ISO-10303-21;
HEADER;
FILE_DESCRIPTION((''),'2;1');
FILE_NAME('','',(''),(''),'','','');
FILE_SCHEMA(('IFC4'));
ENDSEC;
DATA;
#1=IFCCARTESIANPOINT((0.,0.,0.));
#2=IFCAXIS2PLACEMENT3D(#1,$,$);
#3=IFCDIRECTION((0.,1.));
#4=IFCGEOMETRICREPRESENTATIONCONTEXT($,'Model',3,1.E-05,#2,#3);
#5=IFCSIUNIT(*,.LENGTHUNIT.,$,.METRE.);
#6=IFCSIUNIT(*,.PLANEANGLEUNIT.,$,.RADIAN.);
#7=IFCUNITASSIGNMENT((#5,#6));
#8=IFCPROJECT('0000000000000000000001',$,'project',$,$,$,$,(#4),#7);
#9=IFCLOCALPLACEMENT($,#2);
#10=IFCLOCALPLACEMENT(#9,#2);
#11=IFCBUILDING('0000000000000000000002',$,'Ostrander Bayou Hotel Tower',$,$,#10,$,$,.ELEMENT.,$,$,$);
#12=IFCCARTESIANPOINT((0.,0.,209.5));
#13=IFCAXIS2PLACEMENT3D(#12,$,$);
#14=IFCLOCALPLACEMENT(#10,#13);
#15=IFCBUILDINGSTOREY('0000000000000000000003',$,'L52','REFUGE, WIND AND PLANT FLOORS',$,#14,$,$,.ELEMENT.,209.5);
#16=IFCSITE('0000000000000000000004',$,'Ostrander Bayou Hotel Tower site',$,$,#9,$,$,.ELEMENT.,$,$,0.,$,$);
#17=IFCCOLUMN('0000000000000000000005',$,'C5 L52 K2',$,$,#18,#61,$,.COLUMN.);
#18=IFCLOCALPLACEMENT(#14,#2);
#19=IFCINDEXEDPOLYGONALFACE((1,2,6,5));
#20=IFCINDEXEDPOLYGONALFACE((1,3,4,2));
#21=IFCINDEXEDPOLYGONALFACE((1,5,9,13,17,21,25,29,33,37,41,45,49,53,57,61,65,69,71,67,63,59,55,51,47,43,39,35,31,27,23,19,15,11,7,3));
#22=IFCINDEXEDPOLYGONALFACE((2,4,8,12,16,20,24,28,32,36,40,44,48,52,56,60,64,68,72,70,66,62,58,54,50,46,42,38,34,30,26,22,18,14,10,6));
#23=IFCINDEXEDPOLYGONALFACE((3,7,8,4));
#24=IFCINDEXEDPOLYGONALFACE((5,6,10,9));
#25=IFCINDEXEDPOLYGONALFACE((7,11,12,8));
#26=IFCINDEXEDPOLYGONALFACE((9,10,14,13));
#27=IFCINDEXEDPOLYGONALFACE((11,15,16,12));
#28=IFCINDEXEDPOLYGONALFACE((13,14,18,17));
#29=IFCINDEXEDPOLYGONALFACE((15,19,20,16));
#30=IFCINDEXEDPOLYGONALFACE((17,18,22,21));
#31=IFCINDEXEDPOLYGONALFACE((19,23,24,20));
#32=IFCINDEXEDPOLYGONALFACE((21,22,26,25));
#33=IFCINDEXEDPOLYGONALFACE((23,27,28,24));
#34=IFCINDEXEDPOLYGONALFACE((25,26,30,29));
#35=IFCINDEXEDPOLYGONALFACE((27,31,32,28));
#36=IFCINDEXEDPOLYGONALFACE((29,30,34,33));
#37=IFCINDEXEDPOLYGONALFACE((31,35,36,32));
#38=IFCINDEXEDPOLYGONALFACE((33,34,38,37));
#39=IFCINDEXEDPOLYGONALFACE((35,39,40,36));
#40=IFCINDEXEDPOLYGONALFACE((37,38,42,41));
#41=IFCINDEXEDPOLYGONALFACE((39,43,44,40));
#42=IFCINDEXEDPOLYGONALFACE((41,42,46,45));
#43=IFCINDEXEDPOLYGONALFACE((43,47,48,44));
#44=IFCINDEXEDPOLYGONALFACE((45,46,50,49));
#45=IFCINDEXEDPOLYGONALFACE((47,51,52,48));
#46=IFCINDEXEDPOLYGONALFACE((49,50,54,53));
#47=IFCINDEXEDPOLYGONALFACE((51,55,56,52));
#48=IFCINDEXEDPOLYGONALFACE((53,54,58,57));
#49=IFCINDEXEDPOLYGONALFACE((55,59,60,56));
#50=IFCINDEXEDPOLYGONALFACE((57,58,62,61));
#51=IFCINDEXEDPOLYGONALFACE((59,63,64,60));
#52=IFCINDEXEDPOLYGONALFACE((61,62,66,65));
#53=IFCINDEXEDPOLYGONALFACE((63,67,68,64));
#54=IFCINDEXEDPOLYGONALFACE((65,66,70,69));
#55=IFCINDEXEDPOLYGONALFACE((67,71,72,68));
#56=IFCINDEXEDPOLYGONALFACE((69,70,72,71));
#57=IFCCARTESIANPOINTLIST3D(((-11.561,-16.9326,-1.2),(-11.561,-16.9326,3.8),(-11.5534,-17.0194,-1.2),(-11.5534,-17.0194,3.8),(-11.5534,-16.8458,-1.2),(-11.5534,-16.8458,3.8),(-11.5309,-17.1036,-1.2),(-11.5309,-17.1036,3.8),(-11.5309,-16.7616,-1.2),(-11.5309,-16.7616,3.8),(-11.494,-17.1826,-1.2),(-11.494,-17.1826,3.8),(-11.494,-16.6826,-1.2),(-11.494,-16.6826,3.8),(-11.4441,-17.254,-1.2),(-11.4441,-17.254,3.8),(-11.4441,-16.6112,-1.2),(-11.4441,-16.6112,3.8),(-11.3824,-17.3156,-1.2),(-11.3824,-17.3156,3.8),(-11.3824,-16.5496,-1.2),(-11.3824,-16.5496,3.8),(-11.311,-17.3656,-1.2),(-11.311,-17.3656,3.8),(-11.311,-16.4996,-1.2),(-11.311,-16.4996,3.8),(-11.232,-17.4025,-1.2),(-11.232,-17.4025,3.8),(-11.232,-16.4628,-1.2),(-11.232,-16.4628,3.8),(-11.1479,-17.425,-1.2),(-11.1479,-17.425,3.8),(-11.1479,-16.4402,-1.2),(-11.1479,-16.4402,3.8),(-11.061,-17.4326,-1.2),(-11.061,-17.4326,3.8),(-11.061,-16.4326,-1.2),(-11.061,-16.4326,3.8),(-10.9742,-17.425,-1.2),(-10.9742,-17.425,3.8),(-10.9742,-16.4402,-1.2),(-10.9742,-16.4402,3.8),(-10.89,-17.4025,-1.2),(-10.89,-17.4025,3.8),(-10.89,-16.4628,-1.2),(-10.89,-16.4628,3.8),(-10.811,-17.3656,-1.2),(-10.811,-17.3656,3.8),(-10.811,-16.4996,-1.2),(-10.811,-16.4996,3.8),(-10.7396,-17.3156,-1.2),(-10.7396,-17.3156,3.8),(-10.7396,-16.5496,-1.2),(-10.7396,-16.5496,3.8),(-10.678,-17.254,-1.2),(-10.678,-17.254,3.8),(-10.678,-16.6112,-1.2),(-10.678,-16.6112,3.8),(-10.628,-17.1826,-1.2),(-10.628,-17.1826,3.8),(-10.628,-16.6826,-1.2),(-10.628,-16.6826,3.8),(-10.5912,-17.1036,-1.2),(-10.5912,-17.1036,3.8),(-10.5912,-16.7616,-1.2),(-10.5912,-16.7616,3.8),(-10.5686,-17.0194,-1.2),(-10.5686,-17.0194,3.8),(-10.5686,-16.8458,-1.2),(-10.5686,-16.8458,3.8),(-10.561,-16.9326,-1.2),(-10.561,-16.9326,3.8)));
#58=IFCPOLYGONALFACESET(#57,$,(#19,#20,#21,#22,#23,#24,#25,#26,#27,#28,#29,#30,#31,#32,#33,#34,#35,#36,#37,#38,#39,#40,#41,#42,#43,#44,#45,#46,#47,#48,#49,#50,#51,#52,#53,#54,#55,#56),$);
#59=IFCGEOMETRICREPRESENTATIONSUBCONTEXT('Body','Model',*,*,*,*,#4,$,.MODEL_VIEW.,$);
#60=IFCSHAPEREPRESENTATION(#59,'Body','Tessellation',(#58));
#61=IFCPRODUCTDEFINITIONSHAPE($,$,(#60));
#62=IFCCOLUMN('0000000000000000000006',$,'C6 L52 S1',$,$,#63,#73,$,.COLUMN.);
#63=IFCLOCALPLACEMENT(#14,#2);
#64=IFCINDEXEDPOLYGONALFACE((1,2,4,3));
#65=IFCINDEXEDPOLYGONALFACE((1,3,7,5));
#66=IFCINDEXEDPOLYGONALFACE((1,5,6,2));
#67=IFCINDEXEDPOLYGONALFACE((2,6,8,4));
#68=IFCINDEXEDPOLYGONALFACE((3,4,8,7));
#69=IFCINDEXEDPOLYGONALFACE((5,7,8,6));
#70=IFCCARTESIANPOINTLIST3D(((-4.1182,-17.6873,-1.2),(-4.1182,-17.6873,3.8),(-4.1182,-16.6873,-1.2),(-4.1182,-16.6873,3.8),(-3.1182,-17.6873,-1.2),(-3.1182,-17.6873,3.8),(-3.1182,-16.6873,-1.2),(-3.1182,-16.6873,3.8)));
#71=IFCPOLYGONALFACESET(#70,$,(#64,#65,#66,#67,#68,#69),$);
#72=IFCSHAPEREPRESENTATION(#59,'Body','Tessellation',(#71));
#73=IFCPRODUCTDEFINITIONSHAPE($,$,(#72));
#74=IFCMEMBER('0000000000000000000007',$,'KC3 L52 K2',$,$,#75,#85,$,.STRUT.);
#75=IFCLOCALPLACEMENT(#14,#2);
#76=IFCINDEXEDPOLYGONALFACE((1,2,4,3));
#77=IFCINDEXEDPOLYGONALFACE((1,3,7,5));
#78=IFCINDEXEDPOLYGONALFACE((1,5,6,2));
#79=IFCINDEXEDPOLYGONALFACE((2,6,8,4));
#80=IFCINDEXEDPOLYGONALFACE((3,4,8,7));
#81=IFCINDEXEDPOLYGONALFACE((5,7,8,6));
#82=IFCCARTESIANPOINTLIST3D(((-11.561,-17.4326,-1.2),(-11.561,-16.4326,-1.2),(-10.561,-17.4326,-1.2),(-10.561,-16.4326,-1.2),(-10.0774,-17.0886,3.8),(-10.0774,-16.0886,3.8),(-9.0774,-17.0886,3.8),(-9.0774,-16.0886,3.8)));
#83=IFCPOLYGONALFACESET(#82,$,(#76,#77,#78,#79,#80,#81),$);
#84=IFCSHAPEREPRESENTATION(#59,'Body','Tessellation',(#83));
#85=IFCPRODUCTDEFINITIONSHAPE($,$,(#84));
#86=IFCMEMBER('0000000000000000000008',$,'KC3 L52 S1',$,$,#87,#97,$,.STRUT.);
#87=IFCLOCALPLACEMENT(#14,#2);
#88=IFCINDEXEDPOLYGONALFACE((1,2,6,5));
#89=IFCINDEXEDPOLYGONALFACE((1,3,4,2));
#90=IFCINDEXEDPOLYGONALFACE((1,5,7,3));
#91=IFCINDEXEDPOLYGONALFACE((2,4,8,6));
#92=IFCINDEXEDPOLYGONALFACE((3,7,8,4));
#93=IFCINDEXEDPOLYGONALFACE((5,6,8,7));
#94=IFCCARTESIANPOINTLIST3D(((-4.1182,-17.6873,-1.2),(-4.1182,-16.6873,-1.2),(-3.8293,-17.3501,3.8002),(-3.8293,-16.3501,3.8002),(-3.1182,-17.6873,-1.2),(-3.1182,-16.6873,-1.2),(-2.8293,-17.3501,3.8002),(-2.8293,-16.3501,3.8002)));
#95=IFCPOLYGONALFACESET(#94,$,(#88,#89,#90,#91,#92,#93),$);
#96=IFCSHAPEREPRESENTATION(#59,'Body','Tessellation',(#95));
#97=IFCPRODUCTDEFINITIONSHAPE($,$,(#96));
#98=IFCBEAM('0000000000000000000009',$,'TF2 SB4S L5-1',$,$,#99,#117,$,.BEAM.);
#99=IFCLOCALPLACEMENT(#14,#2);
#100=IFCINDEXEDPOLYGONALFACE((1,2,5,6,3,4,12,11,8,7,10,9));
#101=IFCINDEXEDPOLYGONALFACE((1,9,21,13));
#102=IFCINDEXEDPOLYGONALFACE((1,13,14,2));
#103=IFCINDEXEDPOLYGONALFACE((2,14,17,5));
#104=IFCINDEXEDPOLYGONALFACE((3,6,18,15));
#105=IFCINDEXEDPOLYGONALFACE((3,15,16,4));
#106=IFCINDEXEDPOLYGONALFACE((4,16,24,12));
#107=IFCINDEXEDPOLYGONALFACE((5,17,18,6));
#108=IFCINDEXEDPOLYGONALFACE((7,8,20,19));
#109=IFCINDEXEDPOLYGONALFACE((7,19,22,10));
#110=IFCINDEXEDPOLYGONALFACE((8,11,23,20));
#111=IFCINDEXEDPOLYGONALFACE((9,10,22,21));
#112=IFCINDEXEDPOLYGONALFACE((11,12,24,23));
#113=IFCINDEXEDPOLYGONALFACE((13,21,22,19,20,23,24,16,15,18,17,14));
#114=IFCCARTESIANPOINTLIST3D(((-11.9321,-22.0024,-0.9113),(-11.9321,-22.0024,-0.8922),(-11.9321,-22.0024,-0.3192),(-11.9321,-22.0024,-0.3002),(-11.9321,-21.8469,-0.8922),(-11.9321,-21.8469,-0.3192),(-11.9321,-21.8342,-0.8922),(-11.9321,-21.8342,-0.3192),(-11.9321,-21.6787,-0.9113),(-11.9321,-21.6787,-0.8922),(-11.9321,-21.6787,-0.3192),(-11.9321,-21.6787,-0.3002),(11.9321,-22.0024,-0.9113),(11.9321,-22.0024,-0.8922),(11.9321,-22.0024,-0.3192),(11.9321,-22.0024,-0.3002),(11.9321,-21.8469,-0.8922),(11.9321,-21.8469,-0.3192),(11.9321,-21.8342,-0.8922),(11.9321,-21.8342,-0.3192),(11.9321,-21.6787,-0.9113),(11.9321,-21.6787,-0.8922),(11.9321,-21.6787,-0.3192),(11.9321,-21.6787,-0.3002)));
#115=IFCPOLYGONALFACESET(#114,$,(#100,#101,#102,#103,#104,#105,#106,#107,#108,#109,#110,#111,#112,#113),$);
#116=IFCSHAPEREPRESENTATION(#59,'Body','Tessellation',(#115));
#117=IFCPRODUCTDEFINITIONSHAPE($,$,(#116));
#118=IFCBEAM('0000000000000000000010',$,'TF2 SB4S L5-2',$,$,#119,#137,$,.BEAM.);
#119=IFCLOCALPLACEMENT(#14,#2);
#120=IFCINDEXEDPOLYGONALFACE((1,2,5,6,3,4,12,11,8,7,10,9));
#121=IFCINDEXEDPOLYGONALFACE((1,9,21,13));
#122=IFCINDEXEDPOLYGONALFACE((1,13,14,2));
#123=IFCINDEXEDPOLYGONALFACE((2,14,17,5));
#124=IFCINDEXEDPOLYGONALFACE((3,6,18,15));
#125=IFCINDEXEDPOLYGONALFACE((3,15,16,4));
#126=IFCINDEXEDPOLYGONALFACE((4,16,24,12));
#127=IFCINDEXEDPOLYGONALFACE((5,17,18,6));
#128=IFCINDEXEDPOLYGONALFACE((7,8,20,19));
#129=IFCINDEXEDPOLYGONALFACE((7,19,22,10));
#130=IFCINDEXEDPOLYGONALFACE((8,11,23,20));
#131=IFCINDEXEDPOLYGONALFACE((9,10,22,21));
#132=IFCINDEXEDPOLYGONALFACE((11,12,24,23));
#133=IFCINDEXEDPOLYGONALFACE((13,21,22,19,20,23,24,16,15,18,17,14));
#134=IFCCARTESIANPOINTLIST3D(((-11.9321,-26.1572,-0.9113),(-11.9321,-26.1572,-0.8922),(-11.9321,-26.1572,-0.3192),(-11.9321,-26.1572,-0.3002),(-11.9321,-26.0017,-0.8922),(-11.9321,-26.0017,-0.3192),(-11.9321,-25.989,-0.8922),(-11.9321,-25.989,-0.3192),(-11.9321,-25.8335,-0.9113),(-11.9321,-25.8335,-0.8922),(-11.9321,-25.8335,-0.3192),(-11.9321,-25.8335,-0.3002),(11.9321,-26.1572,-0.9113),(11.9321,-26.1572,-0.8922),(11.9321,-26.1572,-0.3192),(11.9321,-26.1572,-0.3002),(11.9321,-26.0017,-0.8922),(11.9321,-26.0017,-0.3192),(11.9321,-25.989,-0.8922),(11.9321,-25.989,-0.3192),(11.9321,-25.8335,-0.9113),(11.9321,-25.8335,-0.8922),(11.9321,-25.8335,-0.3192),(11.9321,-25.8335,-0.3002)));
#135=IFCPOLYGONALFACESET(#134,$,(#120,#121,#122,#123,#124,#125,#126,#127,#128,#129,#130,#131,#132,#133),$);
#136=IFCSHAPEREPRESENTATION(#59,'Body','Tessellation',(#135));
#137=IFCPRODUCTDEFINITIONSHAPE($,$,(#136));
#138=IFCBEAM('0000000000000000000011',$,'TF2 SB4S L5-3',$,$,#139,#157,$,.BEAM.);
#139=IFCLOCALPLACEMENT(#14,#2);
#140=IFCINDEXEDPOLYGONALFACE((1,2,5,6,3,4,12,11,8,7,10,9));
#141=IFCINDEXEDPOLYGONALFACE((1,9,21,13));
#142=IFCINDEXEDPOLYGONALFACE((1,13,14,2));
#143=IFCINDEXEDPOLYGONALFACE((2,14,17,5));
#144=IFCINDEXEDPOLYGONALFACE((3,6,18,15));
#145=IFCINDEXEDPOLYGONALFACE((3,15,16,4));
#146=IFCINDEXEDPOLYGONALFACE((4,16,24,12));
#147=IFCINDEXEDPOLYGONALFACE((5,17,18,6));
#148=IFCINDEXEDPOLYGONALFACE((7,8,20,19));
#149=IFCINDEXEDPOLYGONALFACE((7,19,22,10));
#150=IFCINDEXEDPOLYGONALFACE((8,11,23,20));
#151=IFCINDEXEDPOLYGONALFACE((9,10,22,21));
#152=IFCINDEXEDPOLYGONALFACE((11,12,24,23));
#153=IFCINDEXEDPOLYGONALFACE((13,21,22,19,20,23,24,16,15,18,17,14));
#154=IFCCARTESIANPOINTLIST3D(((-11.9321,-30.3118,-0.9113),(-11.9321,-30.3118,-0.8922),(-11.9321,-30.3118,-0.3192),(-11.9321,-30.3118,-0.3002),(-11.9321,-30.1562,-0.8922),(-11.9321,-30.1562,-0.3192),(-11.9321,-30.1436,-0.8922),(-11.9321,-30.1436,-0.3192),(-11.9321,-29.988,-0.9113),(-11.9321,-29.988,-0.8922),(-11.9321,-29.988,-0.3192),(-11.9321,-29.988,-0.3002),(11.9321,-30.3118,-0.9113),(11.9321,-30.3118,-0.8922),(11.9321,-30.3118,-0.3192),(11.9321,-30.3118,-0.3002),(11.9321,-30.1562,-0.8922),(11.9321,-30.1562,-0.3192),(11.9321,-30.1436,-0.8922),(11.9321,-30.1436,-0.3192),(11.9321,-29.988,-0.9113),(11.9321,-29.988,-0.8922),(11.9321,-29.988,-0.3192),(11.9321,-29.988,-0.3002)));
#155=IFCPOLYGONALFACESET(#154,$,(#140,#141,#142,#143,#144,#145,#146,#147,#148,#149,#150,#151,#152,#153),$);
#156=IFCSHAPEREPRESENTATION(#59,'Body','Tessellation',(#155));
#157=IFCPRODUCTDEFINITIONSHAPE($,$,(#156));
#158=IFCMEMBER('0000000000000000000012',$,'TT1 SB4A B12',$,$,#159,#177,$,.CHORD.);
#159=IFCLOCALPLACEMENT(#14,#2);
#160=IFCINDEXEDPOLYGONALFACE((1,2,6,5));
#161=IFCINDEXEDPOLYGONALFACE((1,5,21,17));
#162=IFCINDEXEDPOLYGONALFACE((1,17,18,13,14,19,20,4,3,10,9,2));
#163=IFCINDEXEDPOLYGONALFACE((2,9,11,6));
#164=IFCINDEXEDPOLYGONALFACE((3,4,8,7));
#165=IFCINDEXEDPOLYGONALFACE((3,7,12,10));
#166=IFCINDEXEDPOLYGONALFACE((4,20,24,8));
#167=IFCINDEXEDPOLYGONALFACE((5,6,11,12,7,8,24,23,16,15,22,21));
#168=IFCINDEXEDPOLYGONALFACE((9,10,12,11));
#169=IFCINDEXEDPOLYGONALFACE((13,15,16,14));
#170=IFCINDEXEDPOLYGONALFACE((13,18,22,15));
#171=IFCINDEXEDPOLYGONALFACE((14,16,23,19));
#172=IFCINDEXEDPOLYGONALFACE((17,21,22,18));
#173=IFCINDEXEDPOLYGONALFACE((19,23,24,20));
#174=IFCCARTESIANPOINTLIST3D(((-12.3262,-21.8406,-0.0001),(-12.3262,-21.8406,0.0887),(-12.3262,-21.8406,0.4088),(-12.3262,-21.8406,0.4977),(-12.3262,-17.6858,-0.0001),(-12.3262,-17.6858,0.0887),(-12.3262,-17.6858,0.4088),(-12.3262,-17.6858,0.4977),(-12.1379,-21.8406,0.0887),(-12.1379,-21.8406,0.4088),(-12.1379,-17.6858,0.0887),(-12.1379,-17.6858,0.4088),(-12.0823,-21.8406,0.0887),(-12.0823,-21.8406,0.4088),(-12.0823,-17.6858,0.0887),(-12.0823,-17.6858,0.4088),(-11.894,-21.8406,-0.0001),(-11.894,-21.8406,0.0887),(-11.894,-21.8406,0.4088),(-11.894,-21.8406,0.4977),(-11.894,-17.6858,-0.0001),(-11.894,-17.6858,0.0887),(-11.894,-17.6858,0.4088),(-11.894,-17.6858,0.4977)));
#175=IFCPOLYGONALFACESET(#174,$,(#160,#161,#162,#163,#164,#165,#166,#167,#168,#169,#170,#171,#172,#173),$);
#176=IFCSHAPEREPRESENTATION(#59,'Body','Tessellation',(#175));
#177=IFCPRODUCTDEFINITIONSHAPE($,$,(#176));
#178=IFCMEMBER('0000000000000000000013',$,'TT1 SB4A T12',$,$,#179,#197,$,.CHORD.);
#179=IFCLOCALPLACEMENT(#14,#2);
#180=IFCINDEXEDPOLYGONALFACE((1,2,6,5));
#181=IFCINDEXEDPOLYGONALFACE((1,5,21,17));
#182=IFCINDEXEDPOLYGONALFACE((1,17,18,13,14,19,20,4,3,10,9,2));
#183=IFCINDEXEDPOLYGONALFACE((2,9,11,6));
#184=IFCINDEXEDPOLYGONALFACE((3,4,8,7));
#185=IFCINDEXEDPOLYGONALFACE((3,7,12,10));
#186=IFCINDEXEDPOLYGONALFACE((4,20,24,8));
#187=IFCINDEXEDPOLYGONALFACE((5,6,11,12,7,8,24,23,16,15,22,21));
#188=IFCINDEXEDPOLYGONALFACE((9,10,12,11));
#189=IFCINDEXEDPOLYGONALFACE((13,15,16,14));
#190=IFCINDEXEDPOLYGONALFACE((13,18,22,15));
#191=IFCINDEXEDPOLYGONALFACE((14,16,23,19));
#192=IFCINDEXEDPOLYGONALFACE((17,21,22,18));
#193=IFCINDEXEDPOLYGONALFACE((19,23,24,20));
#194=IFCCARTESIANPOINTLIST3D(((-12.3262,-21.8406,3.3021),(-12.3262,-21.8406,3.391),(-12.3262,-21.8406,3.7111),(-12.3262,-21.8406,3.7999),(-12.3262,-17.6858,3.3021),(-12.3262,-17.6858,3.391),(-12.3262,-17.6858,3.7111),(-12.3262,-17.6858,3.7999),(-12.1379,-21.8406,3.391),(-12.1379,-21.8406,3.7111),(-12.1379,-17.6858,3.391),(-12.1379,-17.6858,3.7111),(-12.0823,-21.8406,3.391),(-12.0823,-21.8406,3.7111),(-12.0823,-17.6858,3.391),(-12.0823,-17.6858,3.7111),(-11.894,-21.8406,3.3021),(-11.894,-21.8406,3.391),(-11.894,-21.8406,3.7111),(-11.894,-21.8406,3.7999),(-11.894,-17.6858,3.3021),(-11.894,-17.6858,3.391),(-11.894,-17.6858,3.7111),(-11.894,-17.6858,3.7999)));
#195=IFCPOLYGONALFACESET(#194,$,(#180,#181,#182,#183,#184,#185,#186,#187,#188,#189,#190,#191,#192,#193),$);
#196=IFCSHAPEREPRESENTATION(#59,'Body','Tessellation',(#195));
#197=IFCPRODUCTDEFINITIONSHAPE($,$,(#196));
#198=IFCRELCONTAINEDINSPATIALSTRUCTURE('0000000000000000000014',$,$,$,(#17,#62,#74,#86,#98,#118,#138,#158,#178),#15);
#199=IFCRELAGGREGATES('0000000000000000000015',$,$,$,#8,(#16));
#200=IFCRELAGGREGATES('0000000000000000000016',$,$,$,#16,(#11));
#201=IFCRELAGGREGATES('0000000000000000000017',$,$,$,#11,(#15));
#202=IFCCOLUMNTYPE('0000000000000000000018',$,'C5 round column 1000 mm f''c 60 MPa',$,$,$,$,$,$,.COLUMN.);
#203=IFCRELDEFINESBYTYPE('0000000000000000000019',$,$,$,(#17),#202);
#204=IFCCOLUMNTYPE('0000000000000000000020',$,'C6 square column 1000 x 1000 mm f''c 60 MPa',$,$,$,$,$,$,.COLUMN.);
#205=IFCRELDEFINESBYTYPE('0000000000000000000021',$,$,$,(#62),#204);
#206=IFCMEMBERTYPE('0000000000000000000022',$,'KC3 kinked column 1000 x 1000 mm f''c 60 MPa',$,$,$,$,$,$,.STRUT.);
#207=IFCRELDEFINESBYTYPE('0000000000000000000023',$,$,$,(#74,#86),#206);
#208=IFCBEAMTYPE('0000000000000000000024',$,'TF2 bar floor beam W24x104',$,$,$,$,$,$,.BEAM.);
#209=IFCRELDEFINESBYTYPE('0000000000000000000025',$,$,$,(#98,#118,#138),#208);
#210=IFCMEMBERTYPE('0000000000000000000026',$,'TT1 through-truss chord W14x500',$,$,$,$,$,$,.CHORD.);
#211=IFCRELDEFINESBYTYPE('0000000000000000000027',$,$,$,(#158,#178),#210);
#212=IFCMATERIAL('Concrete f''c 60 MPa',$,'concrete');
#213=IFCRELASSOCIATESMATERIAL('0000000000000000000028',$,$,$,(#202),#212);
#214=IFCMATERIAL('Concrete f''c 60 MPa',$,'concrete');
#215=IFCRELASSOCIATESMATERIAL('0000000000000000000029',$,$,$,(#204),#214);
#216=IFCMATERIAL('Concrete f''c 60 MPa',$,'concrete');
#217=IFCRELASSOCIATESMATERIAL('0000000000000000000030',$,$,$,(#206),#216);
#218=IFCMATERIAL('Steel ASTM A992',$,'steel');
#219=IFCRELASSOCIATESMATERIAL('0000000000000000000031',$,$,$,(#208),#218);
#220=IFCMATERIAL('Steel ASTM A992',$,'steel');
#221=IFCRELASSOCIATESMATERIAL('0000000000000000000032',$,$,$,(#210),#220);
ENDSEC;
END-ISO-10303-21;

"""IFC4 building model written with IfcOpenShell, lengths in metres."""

from ifc_helpers import new_model, si_unit, direction, frame, origin, origin_2d, place, context, subcontext, project, spatial, rectangle, circle, i_section, extrude, material, material_profile, profile_set, type_object, element, save


model = new_model("IFC4")

# Units and contexts
model_context = context("Model", 3, precision=1e-05, world=origin(), true_north=direction((0.0, 1.0)))
body_context = subcontext(model_context, "Body", "Model", "MODEL_VIEW")
ifc_project = project(units=[si_unit("LENGTHUNIT", "METRE"), si_unit("PLANEANGLEUNIT", "RADIAN")], contexts=[model_context])

# Site, building, storey
site_placement = place(None, origin())
site = spatial("IfcSite", under=ifc_project, at=site_placement, Name="Ostrander Bayou Hotel Tower site", CompositionType="ELEMENT", RefElevation=0.0)
building_placement = place(site_placement, origin())
building = spatial("IfcBuilding", under=site, at=building_placement, Name="Ostrander Bayou Hotel Tower", CompositionType="ELEMENT")
storey_placement = place(building_placement, frame((0.0, 0.0, 209.5)))
storey = spatial("IfcBuildingStorey", under=building, at=storey_placement, Name="L52", Description="REFUGE, WIND AND PLANT FLOORS", CompositionType="ELEMENT", Elevation=209.5)

# Columns
ifc_material_1 = material(Name="Concrete f'c 60 MPa", Category="concrete")
ifc_material_profile_1 = material_profile(ifc_material_1, circle(Radius=0.5, at=origin_2d()))
ifc_profile_set_1 = profile_set([ifc_material_profile_1], Name="Concrete f'c 60 MPa")
column_type_1 = type_object("IfcColumnType", Name="C5 round column 1000 mm f'c 60 MPa", PredefinedType="COLUMN", material=ifc_profile_set_1)
column_1_placement = place(storey_placement, frame((-11.061, -16.9326, -1.2), z_axis=(0.0, 0.0, 1.0), x_axis=(1.0, 0.0, 0.0)))
element("IfcColumn", 1, at=column_1_placement, inside=storey, type_object=column_type_1, Name="C5 L52 K2", PredefinedType="COLUMN", context=body_context, shape_type="SweptSolid", body=[
    extrude(circle(Radius=0.5, at=origin_2d()), origin(), (0.0, 0.0, 1.0), 5.0),
])
ifc_material_2 = material(Name="Concrete f'c 60 MPa", Category="concrete")
ifc_material_profile_2 = material_profile(ifc_material_2, rectangle(XDim=1.0, YDim=1.0, at=origin_2d()))
ifc_profile_set_2 = profile_set([ifc_material_profile_2], Name="Concrete f'c 60 MPa")
column_type_2 = type_object("IfcColumnType", Name="C6 square column 1000 x 1000 mm f'c 60 MPa", PredefinedType="COLUMN", material=ifc_profile_set_2)
column_2_placement = place(storey_placement, frame((-3.6182, -17.1873, -1.2), z_axis=(0.0, 0.0, 1.0), x_axis=(-1.0, 0.0, 0.0)))
element("IfcColumn", 2, at=column_2_placement, inside=storey, type_object=column_type_2, Name="C6 L52 S1", PredefinedType="COLUMN", context=body_context, shape_type="SweptSolid", body=[
    extrude(rectangle(XDim=1.0, YDim=1.0, at=origin_2d()), origin(), (0.0, 0.0, 1.0), 5.0),
])

# Members
ifc_material_3 = material(Name="Concrete f'c 60 MPa", Category="concrete")
ifc_material_profile_3 = material_profile(ifc_material_3, rectangle(XDim=1.0, YDim=1.0, at=origin_2d()))
ifc_profile_set_3 = profile_set([ifc_material_profile_3], Name="Concrete f'c 60 MPa")
member_type_1 = type_object("IfcMemberType", Name="KC3 kinked column 1000 x 1000 mm f'c 60 MPa", PredefinedType="STRUT", material=ifc_profile_set_3)
member_1_placement = place(storey_placement, frame((-11.061, -16.9326, -1.2), z_axis=(0.0, 0.0, 1.0), x_axis=(1.0, 0.0, 0.0)))
element("IfcMember", 3, at=member_1_placement, inside=storey, type_object=member_type_1, Name="KC3 L52 K2", PredefinedType="STRUT", context=body_context, shape_type="SweptSolid", body=[
    extrude(rectangle(XDim=1.0, YDim=1.0, at=origin_2d()), origin(), (0.283852, 0.065813, 0.956607), 5.2268),
])
member_2_placement = place(storey_placement, frame((-3.6182, -17.1873, -1.2), z_axis=(0.0, 0.0, 1.0), x_axis=(-1.0, 0.0, 0.0)))
element("IfcMember", 4, at=member_2_placement, inside=storey, type_object=member_type_1, Name="KC3 L52 S1", PredefinedType="STRUT", context=body_context, shape_type="SweptSolid", body=[
    extrude(rectangle(XDim=1.0, YDim=1.0, at=origin_2d()), origin(), (-0.057537, -0.067167, 0.996081), 5.0198),
])

# Beams
ifc_material_4 = material(Name="Steel ASTM A992", Category="steel")
ifc_material_profile_4 = material_profile(ifc_material_4, i_section(OverallWidth=0.3237, OverallDepth=0.6111, WebThickness=0.0127, FlangeThickness=0.019, at=origin_2d()))
ifc_profile_set_4 = profile_set([ifc_material_profile_4], Name="Steel ASTM A992")
beam_type = type_object("IfcBeamType", Name="TF2 bar floor beam W24x104", PredefinedType="BEAM", material=ifc_profile_set_4)
for number, where, z_axis, x_axis, name in (
    (5, (-11.9321, -21.8406, -0.6057), (1.0, 0.0, 0.0), (0.0, 1.0, 0.0), "TF2 SB4S L5-1"),
    (6, (-11.9321, -25.9954, -0.6057), (1.0, 0.0, 0.0), (0.0, 1.0, 0.0), "TF2 SB4S L5-2"),
    (7, (-11.9321, -30.1499, -0.6057), (1.0, 0.0, 0.0), (0.0, 1.0, 0.0), "TF2 SB4S L5-3"),
):
    element("IfcBeam", number, at=place(storey_placement, frame(where, z_axis=z_axis, x_axis=x_axis)), inside=storey, type_object=beam_type, Name=name, PredefinedType="BEAM", context=body_context, shape_type="SweptSolid", body=[
        extrude(i_section(OverallWidth=0.3237, OverallDepth=0.6111, WebThickness=0.0127, FlangeThickness=0.019, at=origin_2d()), origin(), (0.0, 0.0, 1.0), 23.8643),
    ])

# Members
ifc_material_5 = material(Name="Steel ASTM A992", Category="steel")
ifc_material_profile_5 = material_profile(ifc_material_5, i_section(OverallWidth=0.4321, OverallDepth=0.4978, WebThickness=0.0557, FlangeThickness=0.0889, at=origin_2d()))
ifc_profile_set_5 = profile_set([ifc_material_profile_5], Name="Steel ASTM A992")
member_type_2 = type_object("IfcMemberType", Name="TT1 through-truss chord W14x500", PredefinedType="CHORD", material=ifc_profile_set_5)
for number, where, z_axis, x_axis, name in (
    (8, (-12.1101, -17.6858, 0.2488), (0.0, -1.0, 0.0), (1.0, 0.0, 0.0), "TT1 SB4A B12"),
    (9, (-12.1101, -17.6858, 3.551), (0.0, -1.0, 0.0), (1.0, 0.0, 0.0), "TT1 SB4A T12"),
):
    element("IfcMember", number, at=place(storey_placement, frame(where, z_axis=z_axis, x_axis=x_axis)), inside=storey, type_object=member_type_2, Name=name, PredefinedType="CHORD", context=body_context, shape_type="SweptSolid", body=[
        extrude(i_section(OverallWidth=0.4321, OverallDepth=0.4978, WebThickness=0.0557, FlangeThickness=0.0889, at=origin_2d()), origin(), (0.0, 0.0, 1.0), 4.1548),
    ])

save(model, "model.ifc")
